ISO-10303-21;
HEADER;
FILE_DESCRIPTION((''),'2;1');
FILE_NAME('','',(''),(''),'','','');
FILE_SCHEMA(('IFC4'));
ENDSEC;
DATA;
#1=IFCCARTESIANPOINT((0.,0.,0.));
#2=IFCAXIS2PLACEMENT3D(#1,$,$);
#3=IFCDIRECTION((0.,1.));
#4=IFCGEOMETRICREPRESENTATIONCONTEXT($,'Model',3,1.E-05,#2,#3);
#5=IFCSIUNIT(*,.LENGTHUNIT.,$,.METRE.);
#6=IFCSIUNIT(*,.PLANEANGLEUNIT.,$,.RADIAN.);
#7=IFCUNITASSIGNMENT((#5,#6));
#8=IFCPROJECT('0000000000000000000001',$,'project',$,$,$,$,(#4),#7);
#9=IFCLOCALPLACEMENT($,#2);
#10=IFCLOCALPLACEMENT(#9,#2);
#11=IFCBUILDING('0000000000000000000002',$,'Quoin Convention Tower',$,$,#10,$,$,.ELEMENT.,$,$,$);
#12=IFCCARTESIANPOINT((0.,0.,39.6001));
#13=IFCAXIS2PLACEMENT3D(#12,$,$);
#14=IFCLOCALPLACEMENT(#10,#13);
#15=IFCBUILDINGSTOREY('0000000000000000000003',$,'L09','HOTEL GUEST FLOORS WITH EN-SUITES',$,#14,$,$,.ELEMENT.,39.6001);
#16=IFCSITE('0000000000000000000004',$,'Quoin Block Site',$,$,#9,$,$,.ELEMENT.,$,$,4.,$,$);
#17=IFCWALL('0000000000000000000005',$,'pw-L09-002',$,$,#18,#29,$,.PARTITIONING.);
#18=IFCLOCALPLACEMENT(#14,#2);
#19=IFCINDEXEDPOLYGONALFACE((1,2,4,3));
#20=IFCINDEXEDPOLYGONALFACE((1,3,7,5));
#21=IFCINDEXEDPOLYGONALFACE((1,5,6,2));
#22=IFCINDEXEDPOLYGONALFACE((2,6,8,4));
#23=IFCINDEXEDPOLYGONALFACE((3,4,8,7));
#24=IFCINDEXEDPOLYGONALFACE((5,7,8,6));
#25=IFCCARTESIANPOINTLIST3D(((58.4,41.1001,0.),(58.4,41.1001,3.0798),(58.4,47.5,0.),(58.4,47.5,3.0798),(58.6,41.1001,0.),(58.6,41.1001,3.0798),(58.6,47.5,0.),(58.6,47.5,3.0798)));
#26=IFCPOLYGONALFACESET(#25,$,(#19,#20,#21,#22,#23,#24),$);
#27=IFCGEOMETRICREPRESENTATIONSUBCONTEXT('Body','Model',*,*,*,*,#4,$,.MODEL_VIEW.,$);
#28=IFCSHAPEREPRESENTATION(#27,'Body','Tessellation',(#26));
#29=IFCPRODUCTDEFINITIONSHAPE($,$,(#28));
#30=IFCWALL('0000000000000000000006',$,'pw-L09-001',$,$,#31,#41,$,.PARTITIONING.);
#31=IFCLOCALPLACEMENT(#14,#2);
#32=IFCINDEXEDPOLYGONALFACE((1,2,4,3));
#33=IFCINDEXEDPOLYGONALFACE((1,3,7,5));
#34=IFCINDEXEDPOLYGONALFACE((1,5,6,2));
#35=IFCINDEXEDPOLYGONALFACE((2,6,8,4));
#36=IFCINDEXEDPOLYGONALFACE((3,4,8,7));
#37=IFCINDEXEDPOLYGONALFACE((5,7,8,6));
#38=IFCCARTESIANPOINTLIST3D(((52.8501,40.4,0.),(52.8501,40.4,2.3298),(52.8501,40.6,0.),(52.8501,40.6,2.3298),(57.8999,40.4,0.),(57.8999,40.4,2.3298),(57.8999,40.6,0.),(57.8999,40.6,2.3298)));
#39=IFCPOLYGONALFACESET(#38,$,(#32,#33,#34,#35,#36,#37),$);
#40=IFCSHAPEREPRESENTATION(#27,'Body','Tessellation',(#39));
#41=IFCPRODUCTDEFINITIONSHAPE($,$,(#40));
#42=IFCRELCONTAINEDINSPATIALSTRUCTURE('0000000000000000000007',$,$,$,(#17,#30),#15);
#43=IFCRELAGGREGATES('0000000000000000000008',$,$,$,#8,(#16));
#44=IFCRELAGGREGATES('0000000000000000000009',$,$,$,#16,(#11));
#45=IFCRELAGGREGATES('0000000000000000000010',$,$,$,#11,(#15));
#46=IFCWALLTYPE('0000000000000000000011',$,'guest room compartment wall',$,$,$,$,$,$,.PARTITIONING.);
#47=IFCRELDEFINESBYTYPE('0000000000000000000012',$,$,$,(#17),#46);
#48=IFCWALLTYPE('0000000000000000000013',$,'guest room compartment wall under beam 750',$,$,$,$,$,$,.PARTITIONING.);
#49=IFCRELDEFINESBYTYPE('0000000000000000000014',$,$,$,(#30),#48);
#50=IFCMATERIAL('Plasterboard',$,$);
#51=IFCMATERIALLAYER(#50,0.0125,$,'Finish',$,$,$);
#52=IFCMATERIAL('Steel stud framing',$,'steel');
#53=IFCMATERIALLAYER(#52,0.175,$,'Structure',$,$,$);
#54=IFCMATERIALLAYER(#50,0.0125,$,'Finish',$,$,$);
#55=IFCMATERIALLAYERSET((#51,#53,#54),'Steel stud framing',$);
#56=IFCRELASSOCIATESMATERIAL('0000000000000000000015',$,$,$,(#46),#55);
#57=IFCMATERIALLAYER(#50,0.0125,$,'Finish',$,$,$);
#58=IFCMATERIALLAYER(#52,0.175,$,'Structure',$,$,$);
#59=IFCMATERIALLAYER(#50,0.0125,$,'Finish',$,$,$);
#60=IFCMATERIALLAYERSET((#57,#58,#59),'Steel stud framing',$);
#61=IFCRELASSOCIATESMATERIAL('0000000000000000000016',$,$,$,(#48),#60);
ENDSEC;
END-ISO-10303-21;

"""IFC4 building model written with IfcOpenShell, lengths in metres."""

from ifc_helpers import new_model, si_unit, direction, frame, frame_2d, origin, place, context, subcontext, project, spatial, rectangle, extrude, material, layer, layer_set, type_object, element, save


model = new_model("IFC4")

# Units and contexts
model_context = context("Model", 3, precision=1e-05, world=origin(), true_north=direction((0.0, 1.0)))
body_context = subcontext(model_context, "Body", "Model", "MODEL_VIEW")
ifc_project = project(units=[si_unit("LENGTHUNIT", "METRE"), si_unit("PLANEANGLEUNIT", "RADIAN")], contexts=[model_context])

# Site, building, storey
site_placement = place(None, origin())
site = spatial("IfcSite", under=ifc_project, at=site_placement, Name="Quoin Block Site", CompositionType="ELEMENT", RefElevation=4.0)
building_placement = place(site_placement, origin())
building = spatial("IfcBuilding", under=site, at=building_placement, Name="Quoin Convention Tower", CompositionType="ELEMENT")
storey_placement = place(building_placement, frame((0.0, 0.0, 39.6001)))
storey = spatial("IfcBuildingStorey", under=building, at=storey_placement, Name="L09", Description="HOTEL GUEST FLOORS WITH EN-SUITES", CompositionType="ELEMENT", Elevation=39.6001)

# Walls
ifc_material_1 = material(Name="Plasterboard")
ifc_layer_1 = layer(ifc_material_1, 0.0125, Name="Finish")
ifc_material_2 = material(Name="Steel stud framing", Category="steel")
ifc_layer_2 = layer(ifc_material_2, 0.175, Name="Structure")
ifc_layer_3 = layer(ifc_material_1, 0.0125, Name="Finish")
ifc_layer_set_1 = layer_set([ifc_layer_1, ifc_layer_2, ifc_layer_3], Name="Steel stud framing")
wall_type_1 = type_object("IfcWallType", Name="guest room compartment wall", PredefinedType="PARTITIONING", material=ifc_layer_set_1)
wall_1_placement = place(storey_placement, frame((58.5, 41.1001, 0.0), z_axis=(0.0, 0.0, 1.0), x_axis=(0.0, 1.0, 0.0)))
element("IfcWall", 1, at=wall_1_placement, inside=storey, type_object=wall_type_1, Name="pw-L09-002", PredefinedType="PARTITIONING", context=body_context, shape_type="SweptSolid", body=[
    extrude(rectangle(XDim=6.3999, YDim=0.2, at=frame_2d((3.2, 0.0))), origin(), (0.0, 0.0, 1.0), 3.0798),
])
ifc_layer_4 = layer(ifc_material_1, 0.0125, Name="Finish")
ifc_layer_5 = layer(ifc_material_2, 0.175, Name="Structure")
ifc_layer_6 = layer(ifc_material_1, 0.0125, Name="Finish")
ifc_layer_set_2 = layer_set([ifc_layer_4, ifc_layer_5, ifc_layer_6], Name="Steel stud framing")
wall_type_2 = type_object("IfcWallType", Name="guest room compartment wall under beam 750", PredefinedType="PARTITIONING", material=ifc_layer_set_2)
wall_2_placement = place(storey_placement, frame((52.8501, 40.5, 0.0), z_axis=(0.0, 0.0, 1.0), x_axis=(1.0, 0.0, 0.0)))
element("IfcWall", 2, at=wall_2_placement, inside=storey, type_object=wall_type_2, Name="pw-L09-001", PredefinedType="PARTITIONING", context=body_context, shape_type="SweptSolid", body=[
    extrude(rectangle(XDim=5.0498, YDim=0.2, at=frame_2d((2.5249, 0.0))), origin(), (0.0, 0.0, 1.0), 2.3298),
])

save(model, "model.ifc")
